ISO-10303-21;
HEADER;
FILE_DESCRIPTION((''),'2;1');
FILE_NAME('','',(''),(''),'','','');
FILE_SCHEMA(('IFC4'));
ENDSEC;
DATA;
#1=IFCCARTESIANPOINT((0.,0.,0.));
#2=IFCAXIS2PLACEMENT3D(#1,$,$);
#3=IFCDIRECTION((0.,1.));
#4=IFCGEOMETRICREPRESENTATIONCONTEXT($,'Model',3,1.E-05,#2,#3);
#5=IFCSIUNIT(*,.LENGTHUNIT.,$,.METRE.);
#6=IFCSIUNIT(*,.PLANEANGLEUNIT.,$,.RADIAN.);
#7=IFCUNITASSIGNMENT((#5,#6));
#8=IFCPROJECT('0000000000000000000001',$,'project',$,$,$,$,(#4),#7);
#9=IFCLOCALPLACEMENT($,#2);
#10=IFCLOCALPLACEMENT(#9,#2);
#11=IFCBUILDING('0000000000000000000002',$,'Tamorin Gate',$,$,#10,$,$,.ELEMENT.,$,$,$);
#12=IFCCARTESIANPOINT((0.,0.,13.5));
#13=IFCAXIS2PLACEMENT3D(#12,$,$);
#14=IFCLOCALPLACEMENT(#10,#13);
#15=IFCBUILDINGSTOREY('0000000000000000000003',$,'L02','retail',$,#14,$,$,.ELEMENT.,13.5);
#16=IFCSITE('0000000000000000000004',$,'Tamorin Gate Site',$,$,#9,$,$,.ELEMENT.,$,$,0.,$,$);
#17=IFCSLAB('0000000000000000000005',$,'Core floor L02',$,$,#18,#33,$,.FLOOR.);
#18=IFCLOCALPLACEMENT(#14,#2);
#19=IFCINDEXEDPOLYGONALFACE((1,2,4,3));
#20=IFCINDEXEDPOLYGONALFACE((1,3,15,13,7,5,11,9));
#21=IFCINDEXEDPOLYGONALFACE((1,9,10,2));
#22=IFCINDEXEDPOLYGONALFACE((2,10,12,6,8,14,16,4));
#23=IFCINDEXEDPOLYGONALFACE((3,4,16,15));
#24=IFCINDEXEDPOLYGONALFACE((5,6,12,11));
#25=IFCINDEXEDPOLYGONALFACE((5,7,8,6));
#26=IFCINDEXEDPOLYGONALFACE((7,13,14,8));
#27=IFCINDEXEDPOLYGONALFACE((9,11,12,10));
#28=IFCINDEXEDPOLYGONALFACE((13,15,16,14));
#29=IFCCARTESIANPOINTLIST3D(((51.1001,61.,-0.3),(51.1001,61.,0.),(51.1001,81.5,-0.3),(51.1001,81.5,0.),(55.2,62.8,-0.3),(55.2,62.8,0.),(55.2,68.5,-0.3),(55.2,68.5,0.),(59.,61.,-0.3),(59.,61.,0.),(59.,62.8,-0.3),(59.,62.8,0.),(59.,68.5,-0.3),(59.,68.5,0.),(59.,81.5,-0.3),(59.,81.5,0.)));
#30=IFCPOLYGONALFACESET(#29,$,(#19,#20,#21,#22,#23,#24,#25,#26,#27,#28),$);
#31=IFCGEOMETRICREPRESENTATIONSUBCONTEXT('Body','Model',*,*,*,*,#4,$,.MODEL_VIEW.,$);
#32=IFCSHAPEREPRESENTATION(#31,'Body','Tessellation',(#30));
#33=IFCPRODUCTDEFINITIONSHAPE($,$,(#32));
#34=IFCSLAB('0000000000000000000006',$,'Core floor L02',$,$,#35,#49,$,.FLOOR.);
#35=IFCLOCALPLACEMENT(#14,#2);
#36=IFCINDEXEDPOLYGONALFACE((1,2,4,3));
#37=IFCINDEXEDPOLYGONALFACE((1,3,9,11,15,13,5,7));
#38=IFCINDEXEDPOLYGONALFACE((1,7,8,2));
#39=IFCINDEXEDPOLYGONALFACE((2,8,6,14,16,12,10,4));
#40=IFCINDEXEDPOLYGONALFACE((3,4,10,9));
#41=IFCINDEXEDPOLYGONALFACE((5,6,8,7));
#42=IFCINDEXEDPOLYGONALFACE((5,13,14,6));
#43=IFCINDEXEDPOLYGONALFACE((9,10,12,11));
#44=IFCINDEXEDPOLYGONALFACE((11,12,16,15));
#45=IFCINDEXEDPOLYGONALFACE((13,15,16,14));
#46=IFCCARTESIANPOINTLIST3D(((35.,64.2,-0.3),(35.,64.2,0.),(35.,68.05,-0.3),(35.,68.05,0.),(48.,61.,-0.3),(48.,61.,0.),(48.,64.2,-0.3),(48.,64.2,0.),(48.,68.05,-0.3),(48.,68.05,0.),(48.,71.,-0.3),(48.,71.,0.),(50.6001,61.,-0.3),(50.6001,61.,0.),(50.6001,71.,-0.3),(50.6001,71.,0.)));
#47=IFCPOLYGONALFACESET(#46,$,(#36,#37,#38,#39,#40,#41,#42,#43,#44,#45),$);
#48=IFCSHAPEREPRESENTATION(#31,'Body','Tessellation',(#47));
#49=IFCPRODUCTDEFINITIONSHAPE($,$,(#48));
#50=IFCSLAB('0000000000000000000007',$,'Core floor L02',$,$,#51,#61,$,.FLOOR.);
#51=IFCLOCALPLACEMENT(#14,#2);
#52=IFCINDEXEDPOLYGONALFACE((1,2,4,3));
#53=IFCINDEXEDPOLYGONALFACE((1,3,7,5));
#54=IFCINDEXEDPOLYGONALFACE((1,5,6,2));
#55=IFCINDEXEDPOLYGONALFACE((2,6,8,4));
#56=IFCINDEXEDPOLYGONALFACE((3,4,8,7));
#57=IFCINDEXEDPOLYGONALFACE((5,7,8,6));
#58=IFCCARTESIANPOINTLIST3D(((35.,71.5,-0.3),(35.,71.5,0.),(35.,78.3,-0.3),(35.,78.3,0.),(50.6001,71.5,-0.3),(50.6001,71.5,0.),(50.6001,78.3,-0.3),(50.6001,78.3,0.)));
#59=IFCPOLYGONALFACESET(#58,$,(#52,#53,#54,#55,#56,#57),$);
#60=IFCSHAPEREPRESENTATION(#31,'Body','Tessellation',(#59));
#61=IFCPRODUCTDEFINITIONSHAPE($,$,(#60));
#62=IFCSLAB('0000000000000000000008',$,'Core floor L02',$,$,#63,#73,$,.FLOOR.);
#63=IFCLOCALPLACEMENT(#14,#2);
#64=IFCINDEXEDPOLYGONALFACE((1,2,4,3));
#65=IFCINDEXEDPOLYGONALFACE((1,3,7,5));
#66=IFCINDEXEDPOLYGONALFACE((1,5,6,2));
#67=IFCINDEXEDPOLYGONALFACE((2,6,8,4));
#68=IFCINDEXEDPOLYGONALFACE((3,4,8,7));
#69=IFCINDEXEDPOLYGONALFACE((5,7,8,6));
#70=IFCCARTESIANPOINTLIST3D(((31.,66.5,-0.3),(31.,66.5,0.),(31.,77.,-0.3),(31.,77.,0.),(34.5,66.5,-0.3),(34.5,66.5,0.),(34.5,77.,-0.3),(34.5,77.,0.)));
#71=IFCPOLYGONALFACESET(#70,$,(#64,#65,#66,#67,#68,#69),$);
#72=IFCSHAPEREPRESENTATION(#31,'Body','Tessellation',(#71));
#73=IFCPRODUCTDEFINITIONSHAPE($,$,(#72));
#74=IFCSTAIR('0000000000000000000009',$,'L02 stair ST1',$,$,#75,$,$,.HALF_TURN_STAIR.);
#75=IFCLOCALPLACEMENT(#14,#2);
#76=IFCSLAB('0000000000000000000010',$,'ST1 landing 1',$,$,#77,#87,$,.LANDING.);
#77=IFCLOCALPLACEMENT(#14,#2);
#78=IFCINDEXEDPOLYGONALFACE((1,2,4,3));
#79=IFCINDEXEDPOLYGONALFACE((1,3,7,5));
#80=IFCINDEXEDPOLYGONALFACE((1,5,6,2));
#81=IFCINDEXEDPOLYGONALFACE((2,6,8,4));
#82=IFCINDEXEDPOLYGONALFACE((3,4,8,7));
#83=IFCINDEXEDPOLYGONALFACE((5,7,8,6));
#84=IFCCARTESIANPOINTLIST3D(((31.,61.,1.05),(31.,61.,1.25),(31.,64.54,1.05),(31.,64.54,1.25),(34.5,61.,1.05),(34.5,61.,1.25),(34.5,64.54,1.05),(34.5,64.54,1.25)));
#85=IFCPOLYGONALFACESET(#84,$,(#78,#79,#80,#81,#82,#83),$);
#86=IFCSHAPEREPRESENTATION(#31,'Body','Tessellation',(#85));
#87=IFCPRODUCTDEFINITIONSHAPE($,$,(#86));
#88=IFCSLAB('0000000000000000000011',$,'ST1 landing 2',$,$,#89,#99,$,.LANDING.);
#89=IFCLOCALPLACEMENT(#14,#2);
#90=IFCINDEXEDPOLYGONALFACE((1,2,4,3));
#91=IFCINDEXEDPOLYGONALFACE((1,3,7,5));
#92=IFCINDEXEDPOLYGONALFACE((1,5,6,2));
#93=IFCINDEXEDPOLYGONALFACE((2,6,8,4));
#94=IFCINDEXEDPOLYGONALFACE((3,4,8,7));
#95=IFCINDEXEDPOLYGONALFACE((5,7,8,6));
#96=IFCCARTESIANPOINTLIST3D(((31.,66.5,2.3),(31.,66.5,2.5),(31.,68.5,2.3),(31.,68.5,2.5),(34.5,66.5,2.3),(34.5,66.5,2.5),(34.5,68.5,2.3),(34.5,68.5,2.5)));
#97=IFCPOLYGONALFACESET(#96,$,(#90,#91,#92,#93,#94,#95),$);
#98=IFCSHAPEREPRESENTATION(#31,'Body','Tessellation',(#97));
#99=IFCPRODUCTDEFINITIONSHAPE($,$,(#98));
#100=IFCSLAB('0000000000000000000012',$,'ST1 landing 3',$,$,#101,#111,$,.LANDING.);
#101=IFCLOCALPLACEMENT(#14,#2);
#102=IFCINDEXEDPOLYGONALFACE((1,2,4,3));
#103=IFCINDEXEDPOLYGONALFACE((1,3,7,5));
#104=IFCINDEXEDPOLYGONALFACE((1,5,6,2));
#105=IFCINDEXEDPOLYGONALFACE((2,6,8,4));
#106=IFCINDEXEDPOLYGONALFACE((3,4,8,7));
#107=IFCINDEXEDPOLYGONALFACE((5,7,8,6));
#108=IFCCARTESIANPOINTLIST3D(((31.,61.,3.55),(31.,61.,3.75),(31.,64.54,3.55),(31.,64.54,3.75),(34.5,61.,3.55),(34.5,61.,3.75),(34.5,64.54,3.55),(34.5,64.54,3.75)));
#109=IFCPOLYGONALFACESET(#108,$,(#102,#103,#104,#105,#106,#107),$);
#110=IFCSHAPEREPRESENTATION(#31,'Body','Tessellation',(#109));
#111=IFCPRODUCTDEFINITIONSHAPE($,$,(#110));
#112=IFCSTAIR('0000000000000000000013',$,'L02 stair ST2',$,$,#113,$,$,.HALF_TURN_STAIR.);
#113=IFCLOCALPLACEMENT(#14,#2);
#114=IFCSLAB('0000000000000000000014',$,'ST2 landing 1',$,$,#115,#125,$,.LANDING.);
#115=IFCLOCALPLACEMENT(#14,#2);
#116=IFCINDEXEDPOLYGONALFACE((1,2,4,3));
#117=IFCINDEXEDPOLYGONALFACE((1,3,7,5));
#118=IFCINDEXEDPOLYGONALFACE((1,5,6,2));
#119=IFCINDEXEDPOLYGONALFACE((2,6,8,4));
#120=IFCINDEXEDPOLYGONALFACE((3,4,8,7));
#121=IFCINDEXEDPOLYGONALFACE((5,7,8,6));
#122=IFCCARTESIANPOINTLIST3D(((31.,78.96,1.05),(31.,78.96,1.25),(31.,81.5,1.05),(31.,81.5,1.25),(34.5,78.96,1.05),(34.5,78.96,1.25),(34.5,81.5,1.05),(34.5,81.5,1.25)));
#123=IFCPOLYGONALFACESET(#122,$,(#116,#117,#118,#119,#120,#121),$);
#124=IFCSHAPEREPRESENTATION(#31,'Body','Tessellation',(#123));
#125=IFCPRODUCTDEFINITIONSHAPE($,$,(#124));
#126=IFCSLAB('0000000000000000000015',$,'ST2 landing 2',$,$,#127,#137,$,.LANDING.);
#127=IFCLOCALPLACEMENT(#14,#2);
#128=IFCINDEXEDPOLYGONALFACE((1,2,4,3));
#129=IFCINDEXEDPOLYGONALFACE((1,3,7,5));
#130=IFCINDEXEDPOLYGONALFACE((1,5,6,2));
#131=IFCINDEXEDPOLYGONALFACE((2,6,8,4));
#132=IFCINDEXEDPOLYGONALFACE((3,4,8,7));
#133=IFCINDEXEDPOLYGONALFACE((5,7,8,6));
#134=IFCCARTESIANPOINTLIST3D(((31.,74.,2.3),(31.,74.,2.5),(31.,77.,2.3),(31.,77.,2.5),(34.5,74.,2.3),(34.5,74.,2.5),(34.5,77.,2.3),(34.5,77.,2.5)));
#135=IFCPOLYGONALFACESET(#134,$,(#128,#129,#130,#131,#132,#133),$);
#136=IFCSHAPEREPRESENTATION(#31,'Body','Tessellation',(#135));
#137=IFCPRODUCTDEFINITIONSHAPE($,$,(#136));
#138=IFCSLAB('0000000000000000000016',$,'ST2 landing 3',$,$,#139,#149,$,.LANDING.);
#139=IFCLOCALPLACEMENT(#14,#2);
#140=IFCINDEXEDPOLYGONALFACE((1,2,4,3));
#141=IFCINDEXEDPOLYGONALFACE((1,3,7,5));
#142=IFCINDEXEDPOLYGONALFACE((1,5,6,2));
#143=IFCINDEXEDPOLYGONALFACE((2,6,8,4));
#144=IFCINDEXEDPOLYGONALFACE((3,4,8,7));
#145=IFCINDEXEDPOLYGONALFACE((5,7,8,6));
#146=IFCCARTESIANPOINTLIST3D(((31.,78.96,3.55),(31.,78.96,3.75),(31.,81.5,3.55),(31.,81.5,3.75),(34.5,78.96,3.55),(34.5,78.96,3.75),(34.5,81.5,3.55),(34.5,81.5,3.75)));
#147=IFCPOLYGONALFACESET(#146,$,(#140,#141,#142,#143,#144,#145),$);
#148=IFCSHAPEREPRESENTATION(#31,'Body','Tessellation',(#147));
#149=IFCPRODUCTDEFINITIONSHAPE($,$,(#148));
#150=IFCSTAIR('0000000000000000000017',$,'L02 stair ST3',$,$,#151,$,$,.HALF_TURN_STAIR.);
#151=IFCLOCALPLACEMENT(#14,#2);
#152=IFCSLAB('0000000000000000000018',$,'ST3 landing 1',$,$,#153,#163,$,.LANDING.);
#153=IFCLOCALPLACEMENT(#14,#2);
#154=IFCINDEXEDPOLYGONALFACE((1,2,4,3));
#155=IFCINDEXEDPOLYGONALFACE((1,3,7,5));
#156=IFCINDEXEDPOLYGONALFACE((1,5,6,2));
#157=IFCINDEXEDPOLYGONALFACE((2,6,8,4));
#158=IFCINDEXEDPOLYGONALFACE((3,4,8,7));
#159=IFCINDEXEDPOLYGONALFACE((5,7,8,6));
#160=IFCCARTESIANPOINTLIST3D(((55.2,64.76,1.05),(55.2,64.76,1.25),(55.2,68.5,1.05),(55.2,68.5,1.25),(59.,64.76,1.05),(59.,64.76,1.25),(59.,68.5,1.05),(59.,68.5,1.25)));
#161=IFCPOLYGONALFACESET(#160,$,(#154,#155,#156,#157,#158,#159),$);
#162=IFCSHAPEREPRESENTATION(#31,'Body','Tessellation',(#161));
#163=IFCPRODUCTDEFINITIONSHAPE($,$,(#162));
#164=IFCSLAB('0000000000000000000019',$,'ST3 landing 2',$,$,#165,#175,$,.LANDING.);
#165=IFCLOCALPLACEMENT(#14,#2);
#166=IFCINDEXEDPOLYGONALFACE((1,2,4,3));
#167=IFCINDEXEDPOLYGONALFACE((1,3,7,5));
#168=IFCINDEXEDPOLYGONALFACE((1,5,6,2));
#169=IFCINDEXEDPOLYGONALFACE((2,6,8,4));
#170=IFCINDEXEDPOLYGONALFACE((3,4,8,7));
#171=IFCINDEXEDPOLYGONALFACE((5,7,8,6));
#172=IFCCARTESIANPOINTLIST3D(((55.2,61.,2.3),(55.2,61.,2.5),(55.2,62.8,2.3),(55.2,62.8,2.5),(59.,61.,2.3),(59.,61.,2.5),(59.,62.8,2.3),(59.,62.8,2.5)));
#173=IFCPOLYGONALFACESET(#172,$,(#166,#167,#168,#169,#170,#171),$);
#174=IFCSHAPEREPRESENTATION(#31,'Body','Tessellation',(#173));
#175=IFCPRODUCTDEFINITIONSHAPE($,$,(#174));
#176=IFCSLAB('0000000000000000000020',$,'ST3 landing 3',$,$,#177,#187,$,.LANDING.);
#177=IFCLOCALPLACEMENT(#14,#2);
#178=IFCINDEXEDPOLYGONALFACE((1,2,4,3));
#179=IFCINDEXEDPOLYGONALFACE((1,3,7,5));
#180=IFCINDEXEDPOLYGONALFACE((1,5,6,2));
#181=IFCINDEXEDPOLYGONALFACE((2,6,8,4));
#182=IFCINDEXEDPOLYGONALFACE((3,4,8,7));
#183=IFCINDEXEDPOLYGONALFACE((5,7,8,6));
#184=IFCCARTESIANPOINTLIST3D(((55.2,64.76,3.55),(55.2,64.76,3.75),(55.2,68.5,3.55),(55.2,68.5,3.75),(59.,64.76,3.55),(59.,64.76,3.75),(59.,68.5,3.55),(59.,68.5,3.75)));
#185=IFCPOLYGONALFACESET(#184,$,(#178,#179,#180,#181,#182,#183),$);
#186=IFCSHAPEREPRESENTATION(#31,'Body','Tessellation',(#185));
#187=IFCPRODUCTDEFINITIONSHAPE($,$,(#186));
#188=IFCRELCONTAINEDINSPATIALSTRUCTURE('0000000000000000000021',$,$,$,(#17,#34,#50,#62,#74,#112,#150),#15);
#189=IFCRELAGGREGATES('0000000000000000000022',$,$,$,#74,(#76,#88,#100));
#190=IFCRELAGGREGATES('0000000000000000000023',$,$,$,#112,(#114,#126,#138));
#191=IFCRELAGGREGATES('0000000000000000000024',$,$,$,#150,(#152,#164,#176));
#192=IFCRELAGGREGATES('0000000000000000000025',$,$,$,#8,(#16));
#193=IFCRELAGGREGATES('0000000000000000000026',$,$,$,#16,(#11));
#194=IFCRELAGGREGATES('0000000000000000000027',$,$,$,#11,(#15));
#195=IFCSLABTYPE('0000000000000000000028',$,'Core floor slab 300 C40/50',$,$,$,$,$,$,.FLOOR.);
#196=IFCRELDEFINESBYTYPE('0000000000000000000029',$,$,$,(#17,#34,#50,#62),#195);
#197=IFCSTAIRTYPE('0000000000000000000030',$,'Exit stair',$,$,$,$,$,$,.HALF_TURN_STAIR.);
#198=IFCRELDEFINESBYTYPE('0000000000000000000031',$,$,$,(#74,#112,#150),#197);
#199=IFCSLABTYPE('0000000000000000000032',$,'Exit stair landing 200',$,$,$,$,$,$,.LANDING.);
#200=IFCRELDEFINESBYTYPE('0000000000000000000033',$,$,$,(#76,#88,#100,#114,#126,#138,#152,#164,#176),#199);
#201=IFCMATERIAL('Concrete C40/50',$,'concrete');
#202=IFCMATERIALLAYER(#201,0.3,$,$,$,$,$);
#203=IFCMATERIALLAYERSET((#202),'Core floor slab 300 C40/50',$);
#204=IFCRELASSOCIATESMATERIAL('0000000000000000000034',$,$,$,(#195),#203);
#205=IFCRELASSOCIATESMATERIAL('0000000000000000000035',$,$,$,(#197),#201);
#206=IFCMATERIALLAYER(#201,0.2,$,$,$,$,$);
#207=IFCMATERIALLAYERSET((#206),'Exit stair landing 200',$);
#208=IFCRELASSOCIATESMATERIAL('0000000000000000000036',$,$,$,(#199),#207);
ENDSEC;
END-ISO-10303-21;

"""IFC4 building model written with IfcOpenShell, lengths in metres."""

from ifc_helpers import new_model, si_unit, direction, frame, origin, place, context, subcontext, project, spatial, polyline, outline, extrude, material, layer, layer_set, type_object, element, aggregate, save


model = new_model("IFC4")

# Units and contexts
model_context = context("Model", 3, precision=1e-05, world=origin(), true_north=direction((0.0, 1.0)))
body_context = subcontext(model_context, "Body", "Model", "MODEL_VIEW")
ifc_project = project(units=[si_unit("LENGTHUNIT", "METRE"), si_unit("PLANEANGLEUNIT", "RADIAN")], contexts=[model_context])

# Site, building, storey
site_placement = place(None, origin())
site = spatial("IfcSite", under=ifc_project, at=site_placement, Name="Tamorin Gate Site", CompositionType="ELEMENT", RefElevation=0.0)
building_placement = place(site_placement, origin())
building = spatial("IfcBuilding", under=site, at=building_placement, Name="Tamorin Gate", CompositionType="ELEMENT")
storey_placement = place(building_placement, frame((0.0, 0.0, 13.5)))
storey = spatial("IfcBuildingStorey", under=building, at=storey_placement, Name="L02", Description="retail", CompositionType="ELEMENT", Elevation=13.5)

# Slabs
ifc_material_1 = material(Name="Concrete C40/50", Category="concrete")
ifc_layer_1 = layer(ifc_material_1, 0.3)
ifc_layer_set_1 = layer_set([ifc_layer_1], Name="Core floor slab 300 C40/50")
slab_type_1 = type_object("IfcSlabType", Name="Core floor slab 300 C40/50", PredefinedType="FLOOR", material=ifc_layer_set_1)
slab_1_placement = place(storey_placement, frame((0.0, 0.0, -0.3)))
element("IfcSlab", 1, at=slab_1_placement, inside=storey, type_object=slab_type_1, Name="Core floor L02", PredefinedType="FLOOR", context=body_context, shape_type="SweptSolid", body=[
    extrude(outline(polyline([(59.0, 62.8), (59.0, 61.0), (51.1001, 61.0), (51.1001, 81.5), (59.0, 81.5), (59.0, 68.5), (55.2, 68.5), (55.2, 62.8), (59.0, 62.8)])), origin(), (0.0, 0.0, 1.0), 0.3),
])
slab_2_placement = place(storey_placement, frame((0.0, 0.0, -0.3)))
element("IfcSlab", 2, at=slab_2_placement, inside=storey, type_object=slab_type_1, Name="Core floor L02", PredefinedType="FLOOR", context=body_context, shape_type="SweptSolid", body=[
    extrude(outline(polyline([(50.6001, 61.0), (48.0, 61.0), (48.0, 64.2), (35.0, 64.2), (35.0, 68.05), (48.0, 68.05), (48.0, 71.0), (50.6001, 71.0), (50.6001, 61.0)])), origin(), (0.0, 0.0, 1.0), 0.3),
])
slab_3_placement = place(storey_placement, frame((0.0, 0.0, -0.3)))
element("IfcSlab", 3, at=slab_3_placement, inside=storey, type_object=slab_type_1, Name="Core floor L02", PredefinedType="FLOOR", context=body_context, shape_type="SweptSolid", body=[
    extrude(outline(polyline([(50.6001, 71.5), (35.0, 71.5), (35.0, 78.3), (50.6001, 78.3), (50.6001, 71.5)])), origin(), (0.0, 0.0, 1.0), 0.3),
])
slab_4_placement = place(storey_placement, frame((0.0, 0.0, -0.3)))
element("IfcSlab", 4, at=slab_4_placement, inside=storey, type_object=slab_type_1, Name="Core floor L02", PredefinedType="FLOOR", context=body_context, shape_type="SweptSolid", body=[
    extrude(outline(polyline([(31.0, 66.5), (31.0, 77.0), (34.5, 77.0), (34.5, 66.5), (31.0, 66.5)])), origin(), (0.0, 0.0, 1.0), 0.3),
])

# Stairs, slabs
stair_type_1 = type_object("IfcStairType", Name="Exit stair", PredefinedType="HALF_TURN_STAIR", material=ifc_material_1)
stair_1_placement = place(storey_placement, origin())
stair_1 = element("IfcStair", 5, at=stair_1_placement, inside=storey, type_object=stair_type_1, Name="L02 stair ST1", PredefinedType="HALF_TURN_STAIR")
ifc_layer_2 = layer(ifc_material_1, 0.2)
ifc_layer_set_2 = layer_set([ifc_layer_2], Name="Exit stair landing 200")
slab_type_2 = type_object("IfcSlabType", Name="Exit stair landing 200", PredefinedType="LANDING", material=ifc_layer_set_2)
slab_5_placement = place(storey_placement, frame((0.0, 0.0, 1.05)))
slab_5 = element("IfcSlab", 6, at=slab_5_placement, type_object=slab_type_2, Name="ST1 landing 1", PredefinedType="LANDING", context=body_context, shape_type="SweptSolid", body=[
    extrude(outline(polyline([(31.0, 64.54), (31.0, 61.0), (34.5, 61.0), (34.5, 64.54), (31.0, 64.54)])), origin(), (0.0, 0.0, 1.0), 0.2),
])
slab_6_placement = place(storey_placement, frame((0.0, 0.0, 2.3)))
slab_6 = element("IfcSlab", 7, at=slab_6_placement, type_object=slab_type_2, Name="ST1 landing 2", PredefinedType="LANDING", context=body_context, shape_type="SweptSolid", body=[
    extrude(outline(polyline([(31.0, 68.5), (31.0, 66.5), (34.5, 66.5), (34.5, 68.5), (31.0, 68.5)])), origin(), (0.0, 0.0, 1.0), 0.2),
])
slab_7_placement = place(storey_placement, frame((0.0, 0.0, 3.55)))
slab_7 = element("IfcSlab", 8, at=slab_7_placement, type_object=slab_type_2, Name="ST1 landing 3", PredefinedType="LANDING", context=body_context, shape_type="SweptSolid", body=[
    extrude(outline(polyline([(31.0, 64.54), (31.0, 61.0), (34.5, 61.0), (34.5, 64.54), (31.0, 64.54)])), origin(), (0.0, 0.0, 1.0), 0.2),
])
aggregate(stair_1, [slab_5, slab_6, slab_7])
stair_2_placement = place(storey_placement, origin())
stair_2 = element("IfcStair", 9, at=stair_2_placement, inside=storey, type_object=stair_type_1, Name="L02 stair ST2", PredefinedType="HALF_TURN_STAIR")
slab_8_placement = place(storey_placement, frame((0.0, 0.0, 1.05)))
slab_8 = element("IfcSlab", 10, at=slab_8_placement, type_object=slab_type_2, Name="ST2 landing 1", PredefinedType="LANDING", context=body_context, shape_type="SweptSolid", body=[
    extrude(outline(polyline([(34.5, 78.96), (34.5, 81.5), (31.0, 81.5), (31.0, 78.96), (34.5, 78.96)])), origin(), (0.0, 0.0, 1.0), 0.2),
])
slab_9_placement = place(storey_placement, frame((0.0, 0.0, 2.3)))
slab_9 = element("IfcSlab", 11, at=slab_9_placement, type_object=slab_type_2, Name="ST2 landing 2", PredefinedType="LANDING", context=body_context, shape_type="SweptSolid", body=[
    extrude(outline(polyline([(34.5, 74.0), (34.5, 77.0), (31.0, 77.0), (31.0, 74.0), (34.5, 74.0)])), origin(), (0.0, 0.0, 1.0), 0.2),
])
slab_10_placement = place(storey_placement, frame((0.0, 0.0, 3.55)))
slab_10 = element("IfcSlab", 12, at=slab_10_placement, type_object=slab_type_2, Name="ST2 landing 3", PredefinedType="LANDING", context=body_context, shape_type="SweptSolid", body=[
    extrude(outline(polyline([(34.5, 78.96), (34.5, 81.5), (31.0, 81.5), (31.0, 78.96), (34.5, 78.96)])), origin(), (0.0, 0.0, 1.0), 0.2),
])
aggregate(stair_2, [slab_8, slab_9, slab_10])
stair_3_placement = place(storey_placement, origin())
stair_3 = element("IfcStair", 13, at=stair_3_placement, inside=storey, type_object=stair_type_1, Name="L02 stair ST3", PredefinedType="HALF_TURN_STAIR")
slab_11_placement = place(storey_placement, frame((0.0, 0.0, 1.05)))
slab_11 = element("IfcSlab", 14, at=slab_11_placement, type_object=slab_type_2, Name="ST3 landing 1", PredefinedType="LANDING", context=body_context, shape_type="SweptSolid", body=[
    extrude(outline(polyline([(59.0, 64.76), (59.0, 68.5), (55.2, 68.5), (55.2, 64.76), (59.0, 64.76)])), origin(), (0.0, 0.0, 1.0), 0.2),
])
slab_12_placement = place(storey_placement, frame((0.0, 0.0, 2.3)))
slab_12 = element("IfcSlab", 15, at=slab_12_placement, type_object=slab_type_2, Name="ST3 landing 2", PredefinedType="LANDING", context=body_context, shape_type="SweptSolid", body=[
    extrude(outline(polyline([(59.0, 61.0), (59.0, 62.8), (55.2, 62.8), (55.2, 61.0), (59.0, 61.0)])), origin(), (0.0, 0.0, 1.0), 0.2),
])
slab_13_placement = place(storey_placement, frame((0.0, 0.0, 3.55)))
slab_13 = element("IfcSlab", 16, at=slab_13_placement, type_object=slab_type_2, Name="ST3 landing 3", PredefinedType="LANDING", context=body_context, shape_type="SweptSolid", body=[
    extrude(outline(polyline([(59.0, 64.76), (59.0, 68.5), (55.2, 68.5), (55.2, 64.76), (59.0, 64.76)])), origin(), (0.0, 0.0, 1.0), 0.2),
])
aggregate(stair_3, [slab_11, slab_12, slab_13])

save(model, "model.ifc")
